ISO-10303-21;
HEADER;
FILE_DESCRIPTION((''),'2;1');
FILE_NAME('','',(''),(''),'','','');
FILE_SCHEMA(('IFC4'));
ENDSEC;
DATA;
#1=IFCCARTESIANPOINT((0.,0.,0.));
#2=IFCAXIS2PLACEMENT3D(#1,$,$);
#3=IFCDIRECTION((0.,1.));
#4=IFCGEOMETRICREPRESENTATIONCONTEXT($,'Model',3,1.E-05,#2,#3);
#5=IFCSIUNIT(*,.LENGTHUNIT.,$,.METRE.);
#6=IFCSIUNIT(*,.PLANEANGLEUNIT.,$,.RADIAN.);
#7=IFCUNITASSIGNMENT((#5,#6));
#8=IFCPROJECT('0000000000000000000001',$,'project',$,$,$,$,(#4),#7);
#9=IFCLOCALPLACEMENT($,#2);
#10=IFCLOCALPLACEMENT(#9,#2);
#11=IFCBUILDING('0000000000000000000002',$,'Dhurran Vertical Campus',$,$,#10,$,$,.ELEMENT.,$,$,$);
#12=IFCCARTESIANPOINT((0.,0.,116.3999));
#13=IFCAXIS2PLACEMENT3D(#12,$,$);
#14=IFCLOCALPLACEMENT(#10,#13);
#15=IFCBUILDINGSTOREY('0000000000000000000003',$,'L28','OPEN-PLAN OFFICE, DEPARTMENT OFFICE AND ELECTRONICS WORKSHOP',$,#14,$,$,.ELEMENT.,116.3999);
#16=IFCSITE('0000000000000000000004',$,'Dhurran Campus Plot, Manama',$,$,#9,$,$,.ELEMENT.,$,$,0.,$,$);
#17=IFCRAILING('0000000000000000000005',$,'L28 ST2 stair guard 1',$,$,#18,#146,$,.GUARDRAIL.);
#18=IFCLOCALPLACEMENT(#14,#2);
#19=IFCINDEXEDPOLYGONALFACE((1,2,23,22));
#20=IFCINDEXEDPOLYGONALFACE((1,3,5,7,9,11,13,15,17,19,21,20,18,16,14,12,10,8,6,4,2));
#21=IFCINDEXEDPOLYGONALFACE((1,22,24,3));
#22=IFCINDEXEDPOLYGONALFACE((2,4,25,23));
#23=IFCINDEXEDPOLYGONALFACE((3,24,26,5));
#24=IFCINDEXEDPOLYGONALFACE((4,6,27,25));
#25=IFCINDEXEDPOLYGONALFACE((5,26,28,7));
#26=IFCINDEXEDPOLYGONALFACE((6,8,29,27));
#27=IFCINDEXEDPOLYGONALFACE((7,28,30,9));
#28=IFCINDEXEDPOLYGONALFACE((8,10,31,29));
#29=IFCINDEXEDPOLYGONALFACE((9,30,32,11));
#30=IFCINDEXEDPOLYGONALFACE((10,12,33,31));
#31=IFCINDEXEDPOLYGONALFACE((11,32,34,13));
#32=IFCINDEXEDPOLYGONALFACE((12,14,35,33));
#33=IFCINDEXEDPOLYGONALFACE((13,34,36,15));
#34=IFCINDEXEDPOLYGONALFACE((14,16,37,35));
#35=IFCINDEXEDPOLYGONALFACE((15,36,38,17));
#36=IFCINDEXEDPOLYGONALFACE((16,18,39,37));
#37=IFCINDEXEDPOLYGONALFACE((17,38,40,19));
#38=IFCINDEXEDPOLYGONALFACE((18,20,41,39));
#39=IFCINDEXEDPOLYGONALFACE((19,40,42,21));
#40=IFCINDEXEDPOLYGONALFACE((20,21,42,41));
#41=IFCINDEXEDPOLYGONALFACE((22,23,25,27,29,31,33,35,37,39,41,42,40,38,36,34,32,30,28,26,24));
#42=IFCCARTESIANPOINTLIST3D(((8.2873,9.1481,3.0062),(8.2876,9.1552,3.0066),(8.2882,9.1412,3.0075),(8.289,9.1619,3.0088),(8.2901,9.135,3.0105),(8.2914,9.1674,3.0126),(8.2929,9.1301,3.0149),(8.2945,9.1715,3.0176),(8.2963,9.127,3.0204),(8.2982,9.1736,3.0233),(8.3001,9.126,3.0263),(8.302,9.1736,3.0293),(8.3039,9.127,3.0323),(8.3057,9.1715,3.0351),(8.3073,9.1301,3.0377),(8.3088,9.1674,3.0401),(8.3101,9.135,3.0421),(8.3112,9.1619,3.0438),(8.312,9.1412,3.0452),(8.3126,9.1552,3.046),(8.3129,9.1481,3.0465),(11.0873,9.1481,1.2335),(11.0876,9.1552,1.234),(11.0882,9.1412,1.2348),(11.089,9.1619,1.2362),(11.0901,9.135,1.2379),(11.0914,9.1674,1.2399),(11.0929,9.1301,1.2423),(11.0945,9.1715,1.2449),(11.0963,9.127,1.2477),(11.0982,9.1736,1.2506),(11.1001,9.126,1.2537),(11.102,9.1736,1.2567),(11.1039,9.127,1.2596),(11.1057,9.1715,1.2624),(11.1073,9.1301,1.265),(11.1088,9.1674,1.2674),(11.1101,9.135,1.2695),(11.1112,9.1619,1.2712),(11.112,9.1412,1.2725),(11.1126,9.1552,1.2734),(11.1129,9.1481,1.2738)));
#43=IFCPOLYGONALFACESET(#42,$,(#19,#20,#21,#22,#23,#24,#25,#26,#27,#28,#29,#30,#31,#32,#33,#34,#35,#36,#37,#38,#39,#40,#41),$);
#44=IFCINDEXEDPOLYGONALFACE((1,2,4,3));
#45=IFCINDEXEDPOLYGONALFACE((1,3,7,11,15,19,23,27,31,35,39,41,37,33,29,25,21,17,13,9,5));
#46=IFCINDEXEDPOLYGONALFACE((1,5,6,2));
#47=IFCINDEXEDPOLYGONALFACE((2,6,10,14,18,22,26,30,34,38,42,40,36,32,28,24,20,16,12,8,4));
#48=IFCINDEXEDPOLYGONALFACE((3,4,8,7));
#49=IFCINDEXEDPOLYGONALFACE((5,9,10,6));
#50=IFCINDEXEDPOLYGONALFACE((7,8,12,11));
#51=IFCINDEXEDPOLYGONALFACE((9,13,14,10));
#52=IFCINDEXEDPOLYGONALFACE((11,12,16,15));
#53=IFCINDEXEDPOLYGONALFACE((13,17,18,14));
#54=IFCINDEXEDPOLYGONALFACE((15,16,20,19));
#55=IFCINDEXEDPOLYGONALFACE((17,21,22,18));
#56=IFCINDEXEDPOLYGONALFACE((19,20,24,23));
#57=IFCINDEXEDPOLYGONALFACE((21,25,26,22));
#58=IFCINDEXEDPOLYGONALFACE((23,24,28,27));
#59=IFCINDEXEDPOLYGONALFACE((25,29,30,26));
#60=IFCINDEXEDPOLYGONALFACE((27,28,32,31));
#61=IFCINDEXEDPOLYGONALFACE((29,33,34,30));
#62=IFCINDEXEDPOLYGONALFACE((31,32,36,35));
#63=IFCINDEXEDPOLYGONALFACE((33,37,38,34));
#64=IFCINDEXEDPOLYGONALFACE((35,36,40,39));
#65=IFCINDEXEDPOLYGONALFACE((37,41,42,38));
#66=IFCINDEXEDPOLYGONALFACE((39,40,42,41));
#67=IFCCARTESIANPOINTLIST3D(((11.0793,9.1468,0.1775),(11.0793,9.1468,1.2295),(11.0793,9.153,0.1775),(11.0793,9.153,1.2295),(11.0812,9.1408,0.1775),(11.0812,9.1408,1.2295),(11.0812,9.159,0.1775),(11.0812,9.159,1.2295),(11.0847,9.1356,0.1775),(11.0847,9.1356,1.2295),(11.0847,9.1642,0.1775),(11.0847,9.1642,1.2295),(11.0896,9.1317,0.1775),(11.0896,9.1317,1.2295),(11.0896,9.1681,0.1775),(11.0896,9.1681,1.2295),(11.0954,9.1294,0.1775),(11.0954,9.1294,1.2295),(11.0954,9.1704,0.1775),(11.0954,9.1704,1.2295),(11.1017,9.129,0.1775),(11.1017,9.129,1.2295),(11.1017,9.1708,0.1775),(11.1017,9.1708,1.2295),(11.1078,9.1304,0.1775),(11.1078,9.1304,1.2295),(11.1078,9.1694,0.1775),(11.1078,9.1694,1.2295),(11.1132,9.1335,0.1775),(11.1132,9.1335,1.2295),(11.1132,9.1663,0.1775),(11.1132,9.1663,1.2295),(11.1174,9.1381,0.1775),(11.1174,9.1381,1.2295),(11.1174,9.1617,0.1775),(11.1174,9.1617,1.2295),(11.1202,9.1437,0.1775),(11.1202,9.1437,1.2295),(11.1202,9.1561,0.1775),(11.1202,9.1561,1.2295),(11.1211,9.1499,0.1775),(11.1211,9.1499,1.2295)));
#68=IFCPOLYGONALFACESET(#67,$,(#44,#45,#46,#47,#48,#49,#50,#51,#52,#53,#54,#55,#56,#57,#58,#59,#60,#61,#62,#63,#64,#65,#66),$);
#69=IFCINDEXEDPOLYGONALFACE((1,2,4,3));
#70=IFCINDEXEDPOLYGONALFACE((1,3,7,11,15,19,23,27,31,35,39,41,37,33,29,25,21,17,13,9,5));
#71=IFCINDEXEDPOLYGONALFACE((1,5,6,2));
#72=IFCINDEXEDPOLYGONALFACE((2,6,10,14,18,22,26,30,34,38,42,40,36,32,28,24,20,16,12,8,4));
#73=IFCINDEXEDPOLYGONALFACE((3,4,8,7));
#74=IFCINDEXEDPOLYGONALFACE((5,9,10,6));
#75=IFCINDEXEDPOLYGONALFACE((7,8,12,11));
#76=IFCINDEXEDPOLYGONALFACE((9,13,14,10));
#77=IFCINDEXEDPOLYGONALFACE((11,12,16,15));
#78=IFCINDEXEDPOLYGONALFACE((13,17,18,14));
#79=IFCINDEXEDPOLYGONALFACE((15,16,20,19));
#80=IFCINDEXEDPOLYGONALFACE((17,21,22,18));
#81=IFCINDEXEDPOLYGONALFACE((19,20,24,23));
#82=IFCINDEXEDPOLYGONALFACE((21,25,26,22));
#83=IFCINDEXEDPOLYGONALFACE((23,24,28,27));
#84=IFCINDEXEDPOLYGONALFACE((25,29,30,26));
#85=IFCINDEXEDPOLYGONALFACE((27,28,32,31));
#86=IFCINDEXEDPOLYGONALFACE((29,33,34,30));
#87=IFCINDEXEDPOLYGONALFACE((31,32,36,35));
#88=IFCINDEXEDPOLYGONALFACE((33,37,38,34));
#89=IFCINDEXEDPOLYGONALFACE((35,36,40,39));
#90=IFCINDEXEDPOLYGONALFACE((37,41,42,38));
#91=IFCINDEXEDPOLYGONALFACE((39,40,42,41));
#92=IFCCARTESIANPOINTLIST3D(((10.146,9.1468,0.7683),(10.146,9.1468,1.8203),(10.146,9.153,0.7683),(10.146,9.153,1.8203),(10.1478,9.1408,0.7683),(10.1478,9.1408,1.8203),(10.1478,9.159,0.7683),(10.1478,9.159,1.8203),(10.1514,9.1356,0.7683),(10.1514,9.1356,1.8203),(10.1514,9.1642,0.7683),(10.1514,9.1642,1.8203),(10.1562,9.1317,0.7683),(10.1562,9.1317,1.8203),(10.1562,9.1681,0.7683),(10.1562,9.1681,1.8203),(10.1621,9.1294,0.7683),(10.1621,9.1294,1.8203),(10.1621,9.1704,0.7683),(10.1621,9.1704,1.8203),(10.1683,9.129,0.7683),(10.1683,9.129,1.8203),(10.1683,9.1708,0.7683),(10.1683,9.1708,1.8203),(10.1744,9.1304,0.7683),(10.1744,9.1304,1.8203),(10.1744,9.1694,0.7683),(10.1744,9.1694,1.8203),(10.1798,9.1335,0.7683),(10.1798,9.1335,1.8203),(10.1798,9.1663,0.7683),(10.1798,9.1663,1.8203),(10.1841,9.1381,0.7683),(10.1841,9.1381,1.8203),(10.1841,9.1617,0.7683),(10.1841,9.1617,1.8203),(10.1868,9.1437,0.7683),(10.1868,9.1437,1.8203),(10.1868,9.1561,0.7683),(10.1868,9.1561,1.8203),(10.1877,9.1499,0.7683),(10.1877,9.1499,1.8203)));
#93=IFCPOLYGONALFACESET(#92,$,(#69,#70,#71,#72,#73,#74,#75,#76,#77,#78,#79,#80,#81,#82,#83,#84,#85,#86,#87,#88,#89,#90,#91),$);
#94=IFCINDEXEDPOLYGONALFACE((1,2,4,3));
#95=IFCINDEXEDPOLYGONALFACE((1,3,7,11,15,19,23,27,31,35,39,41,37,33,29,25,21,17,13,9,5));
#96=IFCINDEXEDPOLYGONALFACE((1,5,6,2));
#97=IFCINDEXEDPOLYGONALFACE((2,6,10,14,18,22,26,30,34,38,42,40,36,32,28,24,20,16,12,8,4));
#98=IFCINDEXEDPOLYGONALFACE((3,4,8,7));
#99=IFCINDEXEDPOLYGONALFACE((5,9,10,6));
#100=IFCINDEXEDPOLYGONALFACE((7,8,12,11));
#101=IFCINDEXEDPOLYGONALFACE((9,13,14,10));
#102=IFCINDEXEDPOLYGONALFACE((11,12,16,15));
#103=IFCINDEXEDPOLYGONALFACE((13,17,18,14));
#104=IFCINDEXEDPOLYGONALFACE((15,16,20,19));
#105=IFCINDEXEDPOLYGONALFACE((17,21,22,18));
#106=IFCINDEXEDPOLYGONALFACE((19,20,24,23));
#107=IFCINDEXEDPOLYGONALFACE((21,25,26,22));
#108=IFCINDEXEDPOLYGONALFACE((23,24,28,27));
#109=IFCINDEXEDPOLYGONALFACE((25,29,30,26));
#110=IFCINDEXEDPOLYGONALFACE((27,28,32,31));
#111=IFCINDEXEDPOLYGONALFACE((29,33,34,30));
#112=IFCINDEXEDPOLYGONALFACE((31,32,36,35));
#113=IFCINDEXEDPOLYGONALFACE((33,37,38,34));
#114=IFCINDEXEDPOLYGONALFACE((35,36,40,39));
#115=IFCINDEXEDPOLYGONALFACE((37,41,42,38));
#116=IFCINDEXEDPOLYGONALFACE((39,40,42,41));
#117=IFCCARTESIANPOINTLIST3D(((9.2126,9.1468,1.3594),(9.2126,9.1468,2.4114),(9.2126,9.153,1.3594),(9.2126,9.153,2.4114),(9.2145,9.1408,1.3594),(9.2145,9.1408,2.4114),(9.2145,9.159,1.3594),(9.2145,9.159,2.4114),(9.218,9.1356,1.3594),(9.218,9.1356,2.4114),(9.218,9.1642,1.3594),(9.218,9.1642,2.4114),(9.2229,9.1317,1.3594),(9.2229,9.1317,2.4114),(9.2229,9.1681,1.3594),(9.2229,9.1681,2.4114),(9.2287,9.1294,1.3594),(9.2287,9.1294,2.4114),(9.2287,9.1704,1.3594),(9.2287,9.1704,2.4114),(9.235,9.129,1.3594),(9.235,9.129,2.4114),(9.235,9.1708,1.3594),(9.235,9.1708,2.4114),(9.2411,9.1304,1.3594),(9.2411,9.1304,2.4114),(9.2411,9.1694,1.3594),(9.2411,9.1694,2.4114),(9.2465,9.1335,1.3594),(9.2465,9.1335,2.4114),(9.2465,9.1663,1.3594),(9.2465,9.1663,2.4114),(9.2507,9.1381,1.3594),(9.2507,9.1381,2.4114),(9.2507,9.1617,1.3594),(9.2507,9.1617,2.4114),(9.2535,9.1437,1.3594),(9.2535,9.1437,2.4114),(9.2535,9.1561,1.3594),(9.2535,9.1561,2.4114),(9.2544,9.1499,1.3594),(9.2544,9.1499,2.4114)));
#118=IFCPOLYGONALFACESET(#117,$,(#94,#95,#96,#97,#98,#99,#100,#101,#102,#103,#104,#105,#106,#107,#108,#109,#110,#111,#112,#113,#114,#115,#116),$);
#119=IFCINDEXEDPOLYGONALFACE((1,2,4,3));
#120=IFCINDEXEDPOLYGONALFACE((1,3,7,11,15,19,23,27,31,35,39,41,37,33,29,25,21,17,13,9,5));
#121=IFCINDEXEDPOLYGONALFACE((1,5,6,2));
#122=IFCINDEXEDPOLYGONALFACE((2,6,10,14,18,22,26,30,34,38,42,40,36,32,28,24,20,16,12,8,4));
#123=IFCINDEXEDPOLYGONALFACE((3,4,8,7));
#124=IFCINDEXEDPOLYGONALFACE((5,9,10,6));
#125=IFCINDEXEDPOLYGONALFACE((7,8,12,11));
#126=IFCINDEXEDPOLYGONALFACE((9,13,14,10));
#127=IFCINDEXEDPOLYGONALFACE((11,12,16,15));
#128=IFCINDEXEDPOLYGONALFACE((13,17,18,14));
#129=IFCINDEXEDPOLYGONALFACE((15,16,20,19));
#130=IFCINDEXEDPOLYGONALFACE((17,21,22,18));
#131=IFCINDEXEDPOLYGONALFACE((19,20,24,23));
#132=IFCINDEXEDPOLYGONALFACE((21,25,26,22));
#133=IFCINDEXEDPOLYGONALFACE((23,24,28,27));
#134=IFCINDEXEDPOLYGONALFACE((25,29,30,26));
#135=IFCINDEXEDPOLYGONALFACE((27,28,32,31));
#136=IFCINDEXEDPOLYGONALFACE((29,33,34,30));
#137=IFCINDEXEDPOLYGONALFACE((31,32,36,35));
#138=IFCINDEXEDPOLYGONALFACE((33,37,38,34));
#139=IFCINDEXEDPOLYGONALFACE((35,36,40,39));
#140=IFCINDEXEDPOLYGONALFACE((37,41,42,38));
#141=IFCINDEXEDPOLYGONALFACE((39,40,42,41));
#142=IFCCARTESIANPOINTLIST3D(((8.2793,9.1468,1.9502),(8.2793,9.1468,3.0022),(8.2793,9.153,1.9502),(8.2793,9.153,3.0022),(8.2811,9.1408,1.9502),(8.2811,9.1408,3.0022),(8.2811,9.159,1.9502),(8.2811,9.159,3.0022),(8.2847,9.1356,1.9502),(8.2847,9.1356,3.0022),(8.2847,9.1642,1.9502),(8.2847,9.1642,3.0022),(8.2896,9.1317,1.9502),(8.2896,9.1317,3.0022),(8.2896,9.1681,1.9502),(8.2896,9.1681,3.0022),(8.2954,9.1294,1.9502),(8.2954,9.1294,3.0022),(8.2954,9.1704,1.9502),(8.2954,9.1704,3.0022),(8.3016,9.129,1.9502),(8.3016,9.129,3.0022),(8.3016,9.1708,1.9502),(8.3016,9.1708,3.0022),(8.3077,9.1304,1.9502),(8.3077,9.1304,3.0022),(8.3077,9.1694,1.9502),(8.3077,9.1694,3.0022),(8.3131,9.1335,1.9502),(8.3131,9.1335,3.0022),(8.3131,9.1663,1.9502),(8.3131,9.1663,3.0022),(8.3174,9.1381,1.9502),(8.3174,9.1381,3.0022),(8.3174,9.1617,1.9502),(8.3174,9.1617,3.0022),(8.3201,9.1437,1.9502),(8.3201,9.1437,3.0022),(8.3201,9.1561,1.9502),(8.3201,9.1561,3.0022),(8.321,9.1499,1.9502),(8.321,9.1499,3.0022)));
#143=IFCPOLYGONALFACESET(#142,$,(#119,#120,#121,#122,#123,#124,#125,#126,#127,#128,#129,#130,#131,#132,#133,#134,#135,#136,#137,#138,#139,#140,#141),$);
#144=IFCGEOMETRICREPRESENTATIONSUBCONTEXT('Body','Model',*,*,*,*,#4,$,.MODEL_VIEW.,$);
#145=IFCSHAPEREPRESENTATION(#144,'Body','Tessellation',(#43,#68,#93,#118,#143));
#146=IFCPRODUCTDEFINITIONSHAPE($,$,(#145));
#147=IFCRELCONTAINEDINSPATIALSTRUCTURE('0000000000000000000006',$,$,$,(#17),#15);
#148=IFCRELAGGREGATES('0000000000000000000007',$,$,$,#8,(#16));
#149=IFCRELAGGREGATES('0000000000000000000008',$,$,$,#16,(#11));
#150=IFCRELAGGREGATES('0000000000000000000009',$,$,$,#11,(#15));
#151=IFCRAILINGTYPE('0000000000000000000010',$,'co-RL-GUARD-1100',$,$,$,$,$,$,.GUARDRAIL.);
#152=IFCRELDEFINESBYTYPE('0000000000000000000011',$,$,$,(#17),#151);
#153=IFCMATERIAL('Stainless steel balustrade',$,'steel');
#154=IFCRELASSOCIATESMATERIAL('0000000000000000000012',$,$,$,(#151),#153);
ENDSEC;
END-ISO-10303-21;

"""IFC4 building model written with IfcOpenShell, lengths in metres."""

from ifc_helpers import new_model, si_unit, direction, frame, origin, origin_2d, place, context, subcontext, project, spatial, circle, extrude, material, type_object, element, save


model = new_model("IFC4")

# Units and contexts
model_context = context("Model", 3, precision=1e-05, world=origin(), true_north=direction((0.0, 1.0)))
body_context = subcontext(model_context, "Body", "Model", "MODEL_VIEW")
ifc_project = project(units=[si_unit("LENGTHUNIT", "METRE"), si_unit("PLANEANGLEUNIT", "RADIAN")], contexts=[model_context])

# Site, building, storey
site_placement = place(None, origin())
site = spatial("IfcSite", under=ifc_project, at=site_placement, Name="Dhurran Campus Plot, Manama", CompositionType="ELEMENT", RefElevation=0.0)
building_placement = place(site_placement, origin())
building = spatial("IfcBuilding", under=site, at=building_placement, Name="Dhurran Vertical Campus", CompositionType="ELEMENT")
storey_placement = place(building_placement, frame((0.0, 0.0, 116.3999)))
storey = spatial("IfcBuildingStorey", under=building, at=storey_placement, Name="L28", Description="OPEN-PLAN OFFICE, DEPARTMENT OFFICE AND ELECTRONICS WORKSHOP", CompositionType="ELEMENT", Elevation=116.3999)

# Railing
ifc_material_1 = material(Name="Stainless steel balustrade", Category="steel")
railing_type_1 = type_object("IfcRailingType", Name="co-RL-GUARD-1100", PredefinedType="GUARDRAIL", material=ifc_material_1)
railing_1_placement = place(storey_placement, frame((11.1001, 9.1499, 0.1775)))
element("IfcRailing", 1, at=railing_1_placement, inside=storey, type_object=railing_type_1, Name="L28 ST2 stair guard 1", PredefinedType="GUARDRAIL", context=body_context, shape_type="SweptSolid", body=[
    extrude(circle(Radius=0.0239, at=origin_2d()), frame((0.0, 0.0, 1.0762), z_axis=(-0.844909, 0.0, 0.53491), x_axis=(0.0, -1.0, 0.0)), (0.0, 0.0, 1.0), 3.314),
    extrude(circle(Radius=0.021, at=origin_2d()), origin(), (0.0, 0.0, 1.0), 1.052),
    extrude(circle(Radius=0.021, at=origin_2d()), frame((-0.9333, 0.0, 0.5908)), (0.0, 0.0, 1.0), 1.052),
    extrude(circle(Radius=0.021, at=origin_2d()), frame((-1.8667, 0.0, 1.1819)), (0.0, 0.0, 1.0), 1.052),
    extrude(circle(Radius=0.021, at=origin_2d()), frame((-2.8, 0.0, 1.7727)), (0.0, 0.0, 1.0), 1.052),
])

save(model, "model.ifc")
